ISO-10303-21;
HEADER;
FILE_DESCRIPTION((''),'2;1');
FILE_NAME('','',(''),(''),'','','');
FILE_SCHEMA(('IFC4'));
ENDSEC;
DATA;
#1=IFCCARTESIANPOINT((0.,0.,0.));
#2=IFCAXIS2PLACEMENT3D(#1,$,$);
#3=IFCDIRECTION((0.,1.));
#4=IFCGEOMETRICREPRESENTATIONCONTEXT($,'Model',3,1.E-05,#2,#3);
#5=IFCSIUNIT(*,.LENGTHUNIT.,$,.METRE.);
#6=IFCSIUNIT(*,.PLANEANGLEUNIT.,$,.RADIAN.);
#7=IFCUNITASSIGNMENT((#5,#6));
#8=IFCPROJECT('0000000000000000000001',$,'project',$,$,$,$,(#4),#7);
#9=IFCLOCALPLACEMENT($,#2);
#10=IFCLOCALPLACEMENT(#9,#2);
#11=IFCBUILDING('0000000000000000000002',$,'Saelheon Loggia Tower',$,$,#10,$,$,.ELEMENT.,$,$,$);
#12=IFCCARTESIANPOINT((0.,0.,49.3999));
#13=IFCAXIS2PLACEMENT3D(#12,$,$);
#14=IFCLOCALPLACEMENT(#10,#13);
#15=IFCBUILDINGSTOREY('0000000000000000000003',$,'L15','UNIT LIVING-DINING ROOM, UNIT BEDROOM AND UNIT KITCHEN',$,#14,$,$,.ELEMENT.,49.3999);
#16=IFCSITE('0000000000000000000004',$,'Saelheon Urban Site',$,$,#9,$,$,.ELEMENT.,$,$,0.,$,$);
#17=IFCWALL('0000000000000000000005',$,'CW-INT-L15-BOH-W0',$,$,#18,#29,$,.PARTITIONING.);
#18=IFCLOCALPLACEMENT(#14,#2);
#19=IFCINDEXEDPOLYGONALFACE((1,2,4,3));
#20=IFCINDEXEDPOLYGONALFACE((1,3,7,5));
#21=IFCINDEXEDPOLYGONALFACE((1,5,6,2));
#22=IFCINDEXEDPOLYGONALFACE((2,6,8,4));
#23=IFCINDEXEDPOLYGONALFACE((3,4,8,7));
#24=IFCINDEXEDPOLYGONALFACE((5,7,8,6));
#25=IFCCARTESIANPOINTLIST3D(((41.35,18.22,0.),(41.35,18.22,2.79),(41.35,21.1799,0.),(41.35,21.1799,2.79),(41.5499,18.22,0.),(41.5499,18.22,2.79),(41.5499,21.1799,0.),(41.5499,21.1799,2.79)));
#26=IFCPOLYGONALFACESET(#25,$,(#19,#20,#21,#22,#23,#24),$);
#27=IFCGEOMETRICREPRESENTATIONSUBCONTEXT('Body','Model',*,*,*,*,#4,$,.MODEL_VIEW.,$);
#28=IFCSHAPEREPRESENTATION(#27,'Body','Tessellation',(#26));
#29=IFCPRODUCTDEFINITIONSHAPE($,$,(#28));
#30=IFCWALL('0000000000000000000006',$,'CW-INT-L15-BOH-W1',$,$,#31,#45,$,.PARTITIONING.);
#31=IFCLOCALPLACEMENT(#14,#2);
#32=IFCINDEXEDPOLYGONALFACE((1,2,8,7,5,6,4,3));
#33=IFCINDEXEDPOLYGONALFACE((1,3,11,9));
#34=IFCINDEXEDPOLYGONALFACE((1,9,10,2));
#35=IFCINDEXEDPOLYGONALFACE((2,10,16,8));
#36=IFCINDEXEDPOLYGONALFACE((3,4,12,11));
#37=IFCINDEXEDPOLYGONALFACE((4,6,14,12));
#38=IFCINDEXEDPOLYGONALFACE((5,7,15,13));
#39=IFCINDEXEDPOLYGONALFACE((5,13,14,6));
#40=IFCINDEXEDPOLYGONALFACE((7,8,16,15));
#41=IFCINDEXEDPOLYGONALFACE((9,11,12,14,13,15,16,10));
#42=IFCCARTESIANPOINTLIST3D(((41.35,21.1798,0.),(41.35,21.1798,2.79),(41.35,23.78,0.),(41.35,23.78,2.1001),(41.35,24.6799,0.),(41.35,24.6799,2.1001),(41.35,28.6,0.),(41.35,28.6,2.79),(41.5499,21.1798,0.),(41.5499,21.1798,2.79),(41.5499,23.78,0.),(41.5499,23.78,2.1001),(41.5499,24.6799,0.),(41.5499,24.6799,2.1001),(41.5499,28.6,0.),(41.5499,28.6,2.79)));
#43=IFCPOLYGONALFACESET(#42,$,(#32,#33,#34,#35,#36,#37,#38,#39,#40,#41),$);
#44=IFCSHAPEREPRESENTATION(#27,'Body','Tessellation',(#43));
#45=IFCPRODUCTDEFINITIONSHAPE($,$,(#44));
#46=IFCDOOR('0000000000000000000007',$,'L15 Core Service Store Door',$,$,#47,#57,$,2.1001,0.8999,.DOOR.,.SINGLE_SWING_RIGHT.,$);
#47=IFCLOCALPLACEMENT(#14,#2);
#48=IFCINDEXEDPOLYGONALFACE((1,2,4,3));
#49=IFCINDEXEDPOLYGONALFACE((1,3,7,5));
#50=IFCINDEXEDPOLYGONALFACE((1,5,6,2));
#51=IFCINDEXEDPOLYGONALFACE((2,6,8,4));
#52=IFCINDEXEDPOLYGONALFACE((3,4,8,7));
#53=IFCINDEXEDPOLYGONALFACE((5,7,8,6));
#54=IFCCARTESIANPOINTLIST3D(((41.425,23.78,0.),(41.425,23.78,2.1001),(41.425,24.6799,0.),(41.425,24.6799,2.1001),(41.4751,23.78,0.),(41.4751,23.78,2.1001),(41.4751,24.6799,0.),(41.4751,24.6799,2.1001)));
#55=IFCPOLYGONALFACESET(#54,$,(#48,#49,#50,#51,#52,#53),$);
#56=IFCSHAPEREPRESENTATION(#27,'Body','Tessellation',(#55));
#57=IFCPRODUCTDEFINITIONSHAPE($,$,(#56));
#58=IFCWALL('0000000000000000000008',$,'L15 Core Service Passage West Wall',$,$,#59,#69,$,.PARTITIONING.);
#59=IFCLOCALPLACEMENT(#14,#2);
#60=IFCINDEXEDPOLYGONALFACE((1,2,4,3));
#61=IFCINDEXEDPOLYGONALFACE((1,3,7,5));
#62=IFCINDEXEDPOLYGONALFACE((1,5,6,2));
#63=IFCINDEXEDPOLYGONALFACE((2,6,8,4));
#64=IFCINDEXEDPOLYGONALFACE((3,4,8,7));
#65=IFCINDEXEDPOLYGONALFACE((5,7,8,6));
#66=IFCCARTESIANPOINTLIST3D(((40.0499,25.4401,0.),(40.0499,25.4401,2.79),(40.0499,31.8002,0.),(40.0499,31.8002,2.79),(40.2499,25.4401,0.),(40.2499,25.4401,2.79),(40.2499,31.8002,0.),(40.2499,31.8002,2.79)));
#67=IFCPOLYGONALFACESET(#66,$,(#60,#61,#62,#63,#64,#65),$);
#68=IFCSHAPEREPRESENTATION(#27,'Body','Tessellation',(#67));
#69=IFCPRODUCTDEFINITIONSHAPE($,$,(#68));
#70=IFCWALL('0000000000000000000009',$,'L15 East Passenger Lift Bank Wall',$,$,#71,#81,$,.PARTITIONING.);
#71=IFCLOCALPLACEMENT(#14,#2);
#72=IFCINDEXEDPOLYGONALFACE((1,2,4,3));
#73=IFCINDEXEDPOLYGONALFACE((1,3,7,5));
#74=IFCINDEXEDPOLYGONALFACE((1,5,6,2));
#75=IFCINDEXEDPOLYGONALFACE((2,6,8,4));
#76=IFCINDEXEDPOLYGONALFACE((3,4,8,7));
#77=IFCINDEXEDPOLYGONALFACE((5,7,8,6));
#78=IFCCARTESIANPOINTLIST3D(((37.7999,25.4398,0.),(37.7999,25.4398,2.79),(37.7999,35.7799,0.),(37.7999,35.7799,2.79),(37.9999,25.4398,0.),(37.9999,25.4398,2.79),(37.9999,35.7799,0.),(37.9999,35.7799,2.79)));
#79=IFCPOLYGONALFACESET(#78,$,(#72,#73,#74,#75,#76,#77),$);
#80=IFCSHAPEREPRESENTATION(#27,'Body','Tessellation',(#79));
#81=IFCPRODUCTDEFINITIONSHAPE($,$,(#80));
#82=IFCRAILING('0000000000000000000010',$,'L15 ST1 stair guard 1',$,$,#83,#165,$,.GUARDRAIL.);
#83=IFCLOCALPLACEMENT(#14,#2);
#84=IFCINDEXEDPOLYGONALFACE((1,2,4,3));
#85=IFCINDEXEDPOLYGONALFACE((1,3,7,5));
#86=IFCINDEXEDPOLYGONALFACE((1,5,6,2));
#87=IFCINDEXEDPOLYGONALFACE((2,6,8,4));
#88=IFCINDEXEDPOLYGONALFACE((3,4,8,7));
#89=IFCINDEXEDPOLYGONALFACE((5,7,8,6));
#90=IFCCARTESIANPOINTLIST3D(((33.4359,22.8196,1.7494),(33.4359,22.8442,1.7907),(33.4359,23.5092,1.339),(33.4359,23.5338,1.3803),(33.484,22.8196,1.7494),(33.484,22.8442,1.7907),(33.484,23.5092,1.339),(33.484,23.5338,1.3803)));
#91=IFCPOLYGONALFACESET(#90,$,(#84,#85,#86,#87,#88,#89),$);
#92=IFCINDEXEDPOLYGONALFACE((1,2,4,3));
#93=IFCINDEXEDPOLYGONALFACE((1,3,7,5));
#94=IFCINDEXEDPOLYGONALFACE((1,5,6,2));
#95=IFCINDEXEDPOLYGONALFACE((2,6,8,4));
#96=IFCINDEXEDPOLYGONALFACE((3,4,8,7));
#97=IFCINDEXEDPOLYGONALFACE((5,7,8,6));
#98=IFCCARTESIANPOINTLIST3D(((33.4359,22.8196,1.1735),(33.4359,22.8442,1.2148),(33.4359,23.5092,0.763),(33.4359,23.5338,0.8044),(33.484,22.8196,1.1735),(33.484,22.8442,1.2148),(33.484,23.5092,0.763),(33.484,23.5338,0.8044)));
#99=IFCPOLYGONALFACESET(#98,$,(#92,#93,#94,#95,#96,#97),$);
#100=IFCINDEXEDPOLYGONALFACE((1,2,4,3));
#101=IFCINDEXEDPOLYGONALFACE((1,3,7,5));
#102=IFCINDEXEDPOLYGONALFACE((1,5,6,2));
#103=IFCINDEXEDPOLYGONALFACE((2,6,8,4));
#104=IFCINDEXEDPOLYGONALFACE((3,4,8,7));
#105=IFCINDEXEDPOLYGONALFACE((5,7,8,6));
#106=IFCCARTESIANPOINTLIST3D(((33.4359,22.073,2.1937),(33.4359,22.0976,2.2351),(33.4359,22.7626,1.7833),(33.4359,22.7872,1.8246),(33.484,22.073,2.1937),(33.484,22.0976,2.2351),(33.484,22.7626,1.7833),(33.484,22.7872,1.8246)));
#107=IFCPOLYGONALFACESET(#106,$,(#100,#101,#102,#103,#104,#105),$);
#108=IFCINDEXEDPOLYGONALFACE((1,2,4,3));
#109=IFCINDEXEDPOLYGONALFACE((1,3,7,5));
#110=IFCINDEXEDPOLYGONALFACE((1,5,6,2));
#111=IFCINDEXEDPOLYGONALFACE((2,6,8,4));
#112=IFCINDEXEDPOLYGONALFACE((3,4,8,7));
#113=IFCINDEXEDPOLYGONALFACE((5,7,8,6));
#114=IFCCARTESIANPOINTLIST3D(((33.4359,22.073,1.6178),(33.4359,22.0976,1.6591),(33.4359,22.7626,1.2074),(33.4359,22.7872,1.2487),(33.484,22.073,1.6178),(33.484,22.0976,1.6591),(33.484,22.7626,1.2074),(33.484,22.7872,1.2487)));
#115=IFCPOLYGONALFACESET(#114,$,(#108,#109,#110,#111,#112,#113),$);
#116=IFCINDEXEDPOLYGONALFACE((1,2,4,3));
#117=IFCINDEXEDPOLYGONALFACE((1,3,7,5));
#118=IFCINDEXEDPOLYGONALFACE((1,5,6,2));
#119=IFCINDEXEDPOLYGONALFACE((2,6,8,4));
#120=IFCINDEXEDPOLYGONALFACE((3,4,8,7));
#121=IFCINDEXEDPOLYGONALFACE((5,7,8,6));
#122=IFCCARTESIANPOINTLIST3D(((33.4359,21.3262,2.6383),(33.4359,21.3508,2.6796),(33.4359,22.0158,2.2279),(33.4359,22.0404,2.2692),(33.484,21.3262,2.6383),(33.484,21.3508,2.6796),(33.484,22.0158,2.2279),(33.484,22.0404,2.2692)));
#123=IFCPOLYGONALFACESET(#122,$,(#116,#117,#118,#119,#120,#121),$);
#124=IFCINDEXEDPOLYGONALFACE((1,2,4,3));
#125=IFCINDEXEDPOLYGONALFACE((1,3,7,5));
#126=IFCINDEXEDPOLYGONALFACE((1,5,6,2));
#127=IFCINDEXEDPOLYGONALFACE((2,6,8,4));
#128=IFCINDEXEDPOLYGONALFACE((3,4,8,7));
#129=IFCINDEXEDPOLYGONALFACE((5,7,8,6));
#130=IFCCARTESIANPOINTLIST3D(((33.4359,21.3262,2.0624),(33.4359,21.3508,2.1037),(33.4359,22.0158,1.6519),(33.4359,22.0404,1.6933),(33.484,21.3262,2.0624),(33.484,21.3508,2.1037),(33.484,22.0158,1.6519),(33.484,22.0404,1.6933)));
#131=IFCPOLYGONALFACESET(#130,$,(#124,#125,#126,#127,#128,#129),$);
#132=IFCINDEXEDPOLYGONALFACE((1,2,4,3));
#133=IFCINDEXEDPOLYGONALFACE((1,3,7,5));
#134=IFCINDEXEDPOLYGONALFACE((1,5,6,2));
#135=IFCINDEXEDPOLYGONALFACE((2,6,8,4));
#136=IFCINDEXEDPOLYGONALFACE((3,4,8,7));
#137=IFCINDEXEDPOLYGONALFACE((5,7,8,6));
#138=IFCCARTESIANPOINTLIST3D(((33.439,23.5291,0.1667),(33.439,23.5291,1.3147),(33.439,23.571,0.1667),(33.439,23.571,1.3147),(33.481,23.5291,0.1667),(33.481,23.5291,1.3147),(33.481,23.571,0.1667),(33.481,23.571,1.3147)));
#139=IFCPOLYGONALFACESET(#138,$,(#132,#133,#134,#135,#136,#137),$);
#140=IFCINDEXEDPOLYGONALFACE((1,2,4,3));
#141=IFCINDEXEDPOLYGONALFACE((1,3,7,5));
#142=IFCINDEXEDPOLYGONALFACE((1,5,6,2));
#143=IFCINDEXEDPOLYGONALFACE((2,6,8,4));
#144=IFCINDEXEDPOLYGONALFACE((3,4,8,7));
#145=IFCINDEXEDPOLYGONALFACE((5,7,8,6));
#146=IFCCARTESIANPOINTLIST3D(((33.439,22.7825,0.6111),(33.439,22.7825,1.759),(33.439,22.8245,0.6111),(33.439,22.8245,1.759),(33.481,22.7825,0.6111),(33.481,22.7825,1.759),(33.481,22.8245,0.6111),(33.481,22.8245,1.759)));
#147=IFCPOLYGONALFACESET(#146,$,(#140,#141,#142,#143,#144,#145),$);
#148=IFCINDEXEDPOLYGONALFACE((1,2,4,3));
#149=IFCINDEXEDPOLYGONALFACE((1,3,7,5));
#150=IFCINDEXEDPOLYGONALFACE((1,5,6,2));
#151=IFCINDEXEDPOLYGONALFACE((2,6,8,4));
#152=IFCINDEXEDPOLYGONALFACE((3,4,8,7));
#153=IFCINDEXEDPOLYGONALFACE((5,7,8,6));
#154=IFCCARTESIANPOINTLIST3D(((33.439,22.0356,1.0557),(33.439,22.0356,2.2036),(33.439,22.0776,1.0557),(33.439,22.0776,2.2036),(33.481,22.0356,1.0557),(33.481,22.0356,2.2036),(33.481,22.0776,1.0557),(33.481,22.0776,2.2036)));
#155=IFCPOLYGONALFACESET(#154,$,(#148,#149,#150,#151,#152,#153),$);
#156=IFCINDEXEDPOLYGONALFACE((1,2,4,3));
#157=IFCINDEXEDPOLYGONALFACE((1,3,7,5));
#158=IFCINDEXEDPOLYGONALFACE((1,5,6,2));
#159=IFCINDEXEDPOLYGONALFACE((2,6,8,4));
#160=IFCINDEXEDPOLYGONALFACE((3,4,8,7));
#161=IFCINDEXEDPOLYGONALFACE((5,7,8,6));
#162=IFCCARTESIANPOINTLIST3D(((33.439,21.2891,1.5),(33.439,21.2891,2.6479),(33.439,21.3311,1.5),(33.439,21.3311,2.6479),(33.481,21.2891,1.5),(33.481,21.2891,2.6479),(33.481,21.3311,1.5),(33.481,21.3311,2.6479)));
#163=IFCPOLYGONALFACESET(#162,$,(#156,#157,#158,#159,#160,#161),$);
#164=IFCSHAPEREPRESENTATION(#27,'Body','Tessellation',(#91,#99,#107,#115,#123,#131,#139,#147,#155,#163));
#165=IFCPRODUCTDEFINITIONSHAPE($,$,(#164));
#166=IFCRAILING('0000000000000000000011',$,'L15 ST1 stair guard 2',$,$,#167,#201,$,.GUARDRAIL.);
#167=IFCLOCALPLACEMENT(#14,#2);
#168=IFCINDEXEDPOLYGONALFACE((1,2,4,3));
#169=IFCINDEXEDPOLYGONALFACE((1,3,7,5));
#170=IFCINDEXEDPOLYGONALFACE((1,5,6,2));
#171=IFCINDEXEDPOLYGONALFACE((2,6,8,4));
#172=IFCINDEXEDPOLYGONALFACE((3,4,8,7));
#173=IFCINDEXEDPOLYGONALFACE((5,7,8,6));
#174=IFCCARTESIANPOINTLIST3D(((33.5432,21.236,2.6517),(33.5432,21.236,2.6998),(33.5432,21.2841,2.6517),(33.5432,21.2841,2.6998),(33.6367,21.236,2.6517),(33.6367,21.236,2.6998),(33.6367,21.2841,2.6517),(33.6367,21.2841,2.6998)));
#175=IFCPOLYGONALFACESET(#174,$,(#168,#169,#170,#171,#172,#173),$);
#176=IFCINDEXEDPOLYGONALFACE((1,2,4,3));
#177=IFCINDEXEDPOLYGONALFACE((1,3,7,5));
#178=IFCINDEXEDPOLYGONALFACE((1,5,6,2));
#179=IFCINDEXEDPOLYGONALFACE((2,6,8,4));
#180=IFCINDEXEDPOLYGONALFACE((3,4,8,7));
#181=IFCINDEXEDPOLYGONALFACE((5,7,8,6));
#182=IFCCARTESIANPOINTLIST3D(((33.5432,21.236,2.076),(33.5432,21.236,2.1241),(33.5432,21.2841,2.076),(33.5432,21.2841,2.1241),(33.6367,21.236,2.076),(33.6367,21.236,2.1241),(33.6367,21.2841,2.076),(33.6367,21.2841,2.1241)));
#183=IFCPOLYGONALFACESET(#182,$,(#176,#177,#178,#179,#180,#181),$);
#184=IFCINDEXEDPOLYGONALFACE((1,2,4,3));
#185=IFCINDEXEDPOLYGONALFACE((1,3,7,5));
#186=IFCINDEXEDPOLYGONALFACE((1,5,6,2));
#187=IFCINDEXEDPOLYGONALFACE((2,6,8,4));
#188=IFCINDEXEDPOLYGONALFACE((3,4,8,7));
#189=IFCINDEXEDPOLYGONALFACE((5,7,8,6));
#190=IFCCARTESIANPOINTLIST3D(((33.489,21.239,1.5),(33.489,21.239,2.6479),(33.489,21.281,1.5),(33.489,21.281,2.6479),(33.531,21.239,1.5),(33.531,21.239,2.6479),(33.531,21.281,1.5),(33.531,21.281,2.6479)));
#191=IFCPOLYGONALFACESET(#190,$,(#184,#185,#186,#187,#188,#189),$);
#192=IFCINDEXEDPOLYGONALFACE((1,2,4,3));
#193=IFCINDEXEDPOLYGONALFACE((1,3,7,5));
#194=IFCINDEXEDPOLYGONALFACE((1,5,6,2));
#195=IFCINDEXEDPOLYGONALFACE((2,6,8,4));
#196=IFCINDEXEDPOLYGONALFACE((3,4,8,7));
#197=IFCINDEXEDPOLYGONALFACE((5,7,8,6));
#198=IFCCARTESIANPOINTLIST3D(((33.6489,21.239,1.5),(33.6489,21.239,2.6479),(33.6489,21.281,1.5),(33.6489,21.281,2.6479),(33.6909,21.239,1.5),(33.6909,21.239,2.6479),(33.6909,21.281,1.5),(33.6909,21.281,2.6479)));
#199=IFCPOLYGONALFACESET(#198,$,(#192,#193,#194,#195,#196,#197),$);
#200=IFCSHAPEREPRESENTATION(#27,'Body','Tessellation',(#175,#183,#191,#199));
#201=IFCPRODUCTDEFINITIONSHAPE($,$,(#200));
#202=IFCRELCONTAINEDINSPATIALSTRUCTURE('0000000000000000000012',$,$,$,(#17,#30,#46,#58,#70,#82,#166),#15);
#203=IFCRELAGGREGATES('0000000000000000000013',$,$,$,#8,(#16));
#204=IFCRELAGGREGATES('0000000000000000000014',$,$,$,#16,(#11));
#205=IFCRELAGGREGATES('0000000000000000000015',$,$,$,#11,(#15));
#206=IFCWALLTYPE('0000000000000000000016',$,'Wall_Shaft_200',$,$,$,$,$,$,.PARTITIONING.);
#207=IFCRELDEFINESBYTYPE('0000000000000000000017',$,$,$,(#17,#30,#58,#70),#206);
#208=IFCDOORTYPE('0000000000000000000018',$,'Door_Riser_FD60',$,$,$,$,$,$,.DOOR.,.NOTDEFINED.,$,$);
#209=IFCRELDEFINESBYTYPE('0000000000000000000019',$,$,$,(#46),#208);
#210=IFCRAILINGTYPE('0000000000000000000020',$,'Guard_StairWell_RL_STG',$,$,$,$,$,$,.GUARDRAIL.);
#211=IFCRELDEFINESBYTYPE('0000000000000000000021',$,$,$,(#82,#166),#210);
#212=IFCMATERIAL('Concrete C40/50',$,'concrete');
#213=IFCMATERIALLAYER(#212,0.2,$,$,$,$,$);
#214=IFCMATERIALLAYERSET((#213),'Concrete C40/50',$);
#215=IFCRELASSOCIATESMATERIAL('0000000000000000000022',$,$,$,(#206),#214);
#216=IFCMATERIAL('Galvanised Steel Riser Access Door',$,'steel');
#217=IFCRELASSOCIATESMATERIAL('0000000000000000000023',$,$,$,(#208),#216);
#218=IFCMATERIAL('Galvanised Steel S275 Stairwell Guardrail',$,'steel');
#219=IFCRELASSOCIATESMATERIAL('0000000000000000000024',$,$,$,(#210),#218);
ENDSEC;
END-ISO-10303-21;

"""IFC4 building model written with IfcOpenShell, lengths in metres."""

from ifc_helpers import new_model, si_unit, direction, frame, frame_2d, origin, origin_2d, place, context, subcontext, project, spatial, rectangle, extrude, source, transform, mapped, material, layer, layer_set, type_object, element, fill, save


model = new_model("IFC4")

# Units and contexts
model_context = context("Model", 3, precision=1e-05, world=origin(), true_north=direction((0.0, 1.0)))
body_context = subcontext(model_context, "Body", "Model", "MODEL_VIEW")
ifc_project = project(units=[si_unit("LENGTHUNIT", "METRE"), si_unit("PLANEANGLEUNIT", "RADIAN")], contexts=[model_context])

# Site, building, storey
site_placement = place(None, origin())
site = spatial("IfcSite", under=ifc_project, at=site_placement, Name="Saelheon Urban Site", CompositionType="ELEMENT", RefElevation=0.0)
building_placement = place(site_placement, origin())
building = spatial("IfcBuilding", under=site, at=building_placement, Name="Saelheon Loggia Tower", CompositionType="ELEMENT")
storey_placement = place(building_placement, frame((0.0, 0.0, 49.3999)))
storey = spatial("IfcBuildingStorey", under=building, at=storey_placement, Name="L15", Description="UNIT LIVING-DINING ROOM, UNIT BEDROOM AND UNIT KITCHEN", CompositionType="ELEMENT", Elevation=49.3999)

# Wall
ifc_material_1 = material(Name="Concrete C40/50", Category="concrete")
ifc_layer_1 = layer(ifc_material_1, 0.2)
ifc_layer_set_1 = layer_set([ifc_layer_1], Name="Concrete C40/50")
wall_type_1 = type_object("IfcWallType", Name="Wall_Shaft_200", PredefinedType="PARTITIONING", material=ifc_layer_set_1)
wall_1_placement = place(storey_placement, frame((41.45, 18.22, 0.0), z_axis=(0.0, 0.0, 1.0), x_axis=(0.0, 1.0, 0.0)))
element("IfcWall", 1, at=wall_1_placement, inside=storey, type_object=wall_type_1, Name="CW-INT-L15-BOH-W0", PredefinedType="PARTITIONING", context=body_context, shape_type="SweptSolid", body=[
    extrude(rectangle(XDim=2.96, YDim=0.2, at=frame_2d((1.48, 0.0))), origin(), (0.0, 0.0, 1.0), 2.79),
])

# Wall, opening, door
wall_2_placement = place(storey_placement, frame((41.45, 21.1799, 0.0), z_axis=(0.0, 0.0, 1.0), x_axis=(0.0, 1.0, 0.0)))
wall_2 = element("IfcWall", 2, at=wall_2_placement, inside=storey, type_object=wall_type_1, Name="CW-INT-L15-BOH-W1", PredefinedType="PARTITIONING", context=body_context, shape_type="SweptSolid", body=[
    extrude(rectangle(XDim=7.4202, YDim=0.2, at=frame_2d((3.71, 0.0))), origin(), (0.0, 0.0, 1.0), 2.79),
])
opening_1_placement = place(wall_2_placement, frame((2.6001, 0.0, 0.0)))
opening_1 = element("IfcOpeningElement", 3, at=opening_1_placement, cuts=wall_2, PredefinedType="OPENING", context=body_context, shape_type="SweptSolid", body=[
    extrude(rectangle(XDim=0.8999, YDim=2.1001, at=frame_2d((0.45, 1.05))), frame((0.0, 0.1121, 0.0), z_axis=(0.0, -1.0, 0.0), x_axis=(1.0, 0.0, 0.0)), (0.0, 0.0, 1.0), 0.2239),
])
ifc_material_2 = material(Name="Galvanised Steel Riser Access Door", Category="steel")
door_type_1 = type_object("IfcDoorType", Name="Door_Riser_FD60", OperationType="NOTDEFINED", PredefinedType="DOOR", material=ifc_material_2)
shared_shape_1 = source(origin(), body_context, "Body", "SweptSolid", [
    extrude(rectangle(XDim=0.8999, YDim=2.1001, at=frame_2d((0.45, 1.05))), frame((0.0, 0.0249, 0.0), z_axis=(0.0, -1.0, 0.0), x_axis=(1.0, 0.0, 0.0)), (0.0, 0.0, 1.0), 0.05),
])
door_1_placement = place(opening_1_placement, origin())
door_1 = element("IfcDoor", 4, at=door_1_placement, inside=storey, type_object=door_type_1, Name="L15 Core Service Store Door", OperationType="SINGLE_SWING_RIGHT", OverallHeight=2.1001, OverallWidth=0.8999, PredefinedType="DOOR", context=body_context, shape_type="MappedRepresentation", body=[
    mapped(shared_shape_1, transform((0.0, 0.0, 0.0), scale=1.0)),
])
fill(opening_1, door_1)

# Wall
wall_3_placement = place(storey_placement, frame((40.1499, 25.4399, 0.0), z_axis=(0.0, 0.0, 1.0), x_axis=(0.0, 1.0, 0.0)))
element("IfcWall", 5, at=wall_3_placement, inside=storey, type_object=wall_type_1, Name="L15 Core Service Passage West Wall", PredefinedType="PARTITIONING", context=body_context, shape_type="SweptSolid", body=[
    extrude(rectangle(XDim=6.3601, YDim=0.2, at=frame_2d((3.1802, 0.0))), origin(), (0.0, 0.0, 1.0), 2.79),
])

# Wall
wall_4_placement = place(storey_placement, frame((37.8999, 25.4399, 0.0), z_axis=(0.0, 0.0, 1.0), x_axis=(0.0, 1.0, 0.0)))
element("IfcWall", 6, at=wall_4_placement, inside=storey, type_object=wall_type_1, Name="L15 East Passenger Lift Bank Wall", PredefinedType="PARTITIONING", context=body_context, shape_type="SweptSolid", body=[
    extrude(rectangle(XDim=10.3401, YDim=0.2, at=frame_2d((5.1699, 0.0))), origin(), (0.0, 0.0, 1.0), 2.79),
])

# Railings
ifc_material_3 = material(Name="Galvanised Steel S275 Stairwell Guardrail", Category="steel")
railing_type_1 = type_object("IfcRailingType", Name="Guard_StairWell_RL_STG", PredefinedType="GUARDRAIL", material=ifc_material_3)
railing_1_placement = place(storey_placement, frame((33.46, 23.55, 0.1667)))
element("IfcRailing", 7, at=railing_1_placement, inside=storey, type_object=railing_type_1, Name="L15 ST1 stair guard 1", PredefinedType="GUARDRAIL", context=body_context, shape_type="SweptSolid", body=[
    extrude(rectangle(XDim=0.0481, YDim=0.0481, at=origin_2d()), frame((0.0, -0.0286, 1.1929), z_axis=(0.0, -0.859306, 0.511462), x_axis=(1.0, 0.0, 0.0)), (0.0, 0.0, 1.0), 0.8025),
    extrude(rectangle(XDim=0.0481, YDim=0.0481, at=origin_2d()), frame((0.0, -0.0286, 0.6169), z_axis=(0.0, -0.859306, 0.511462), x_axis=(1.0, 0.0, 0.0)), (0.0, 0.0, 1.0), 0.8025),
    extrude(rectangle(XDim=0.0481, YDim=0.0481, at=origin_2d()), frame((0.0, -0.7751, 1.6372), z_axis=(0.0, -0.859306, 0.511462), x_axis=(1.0, 0.0, 0.0)), (0.0, 0.0, 1.0), 0.8025),
    extrude(rectangle(XDim=0.0481, YDim=0.0481, at=origin_2d()), frame((0.0, -0.7751, 1.0613), z_axis=(0.0, -0.859306, 0.511462), x_axis=(1.0, 0.0, 0.0)), (0.0, 0.0, 1.0), 0.8025),
    extrude(rectangle(XDim=0.0481, YDim=0.0481, at=origin_2d()), frame((0.0, -1.522, 2.0818), z_axis=(0.0, -0.859306, 0.511462), x_axis=(1.0, 0.0, 0.0)), (0.0, 0.0, 1.0), 0.8025),
    extrude(rectangle(XDim=0.0481, YDim=0.0481, at=origin_2d()), frame((0.0, -1.522, 1.5059), z_axis=(0.0, -0.859306, 0.511462), x_axis=(1.0, 0.0, 0.0)), (0.0, 0.0, 1.0), 0.8025),
    extrude(rectangle(XDim=0.042, YDim=0.042, at=origin_2d()), origin(), (0.0, 0.0, 1.0), 1.1479),
    extrude(rectangle(XDim=0.042, YDim=0.042, at=origin_2d()), frame((0.0, -0.7466, 0.4443)), (0.0, 0.0, 1.0), 1.1479),
    extrude(rectangle(XDim=0.042, YDim=0.042, at=origin_2d()), frame((0.0, -1.4934, 0.8889)), (0.0, 0.0, 1.0), 1.1479),
    extrude(rectangle(XDim=0.042, YDim=0.042, at=origin_2d()), frame((0.0, -2.24, 1.3333)), (0.0, 0.0, 1.0), 1.1479),
])
railing_2_placement = place(storey_placement, frame((33.51, 21.26, 1.5)))
element("IfcRailing", 8, at=railing_2_placement, inside=storey, type_object=railing_type_1, Name="L15 ST1 stair guard 2", PredefinedType="GUARDRAIL", context=body_context, shape_type="SweptSolid", body=[
    extrude(rectangle(XDim=0.0481, YDim=0.0481, at=origin_2d()), frame((0.0332, 0.0, 1.1758), z_axis=(1.0, 0.0, 0.0), x_axis=(0.0, 1.0, 0.0)), (0.0, 0.0, 1.0), 0.0935),
    extrude(rectangle(XDim=0.0481, YDim=0.0481, at=origin_2d()), frame((0.0332, 0.0, 0.6001), z_axis=(1.0, 0.0, 0.0), x_axis=(0.0, 1.0, 0.0)), (0.0, 0.0, 1.0), 0.0935),
    extrude(rectangle(XDim=0.042, YDim=0.042, at=origin_2d()), origin(), (0.0, 0.0, 1.0), 1.1479),
    extrude(rectangle(XDim=0.042, YDim=0.042, at=origin_2d()), frame((0.1599, 0.0, 0.0)), (0.0, 0.0, 1.0), 1.1479),
])

save(model, "model.ifc")
